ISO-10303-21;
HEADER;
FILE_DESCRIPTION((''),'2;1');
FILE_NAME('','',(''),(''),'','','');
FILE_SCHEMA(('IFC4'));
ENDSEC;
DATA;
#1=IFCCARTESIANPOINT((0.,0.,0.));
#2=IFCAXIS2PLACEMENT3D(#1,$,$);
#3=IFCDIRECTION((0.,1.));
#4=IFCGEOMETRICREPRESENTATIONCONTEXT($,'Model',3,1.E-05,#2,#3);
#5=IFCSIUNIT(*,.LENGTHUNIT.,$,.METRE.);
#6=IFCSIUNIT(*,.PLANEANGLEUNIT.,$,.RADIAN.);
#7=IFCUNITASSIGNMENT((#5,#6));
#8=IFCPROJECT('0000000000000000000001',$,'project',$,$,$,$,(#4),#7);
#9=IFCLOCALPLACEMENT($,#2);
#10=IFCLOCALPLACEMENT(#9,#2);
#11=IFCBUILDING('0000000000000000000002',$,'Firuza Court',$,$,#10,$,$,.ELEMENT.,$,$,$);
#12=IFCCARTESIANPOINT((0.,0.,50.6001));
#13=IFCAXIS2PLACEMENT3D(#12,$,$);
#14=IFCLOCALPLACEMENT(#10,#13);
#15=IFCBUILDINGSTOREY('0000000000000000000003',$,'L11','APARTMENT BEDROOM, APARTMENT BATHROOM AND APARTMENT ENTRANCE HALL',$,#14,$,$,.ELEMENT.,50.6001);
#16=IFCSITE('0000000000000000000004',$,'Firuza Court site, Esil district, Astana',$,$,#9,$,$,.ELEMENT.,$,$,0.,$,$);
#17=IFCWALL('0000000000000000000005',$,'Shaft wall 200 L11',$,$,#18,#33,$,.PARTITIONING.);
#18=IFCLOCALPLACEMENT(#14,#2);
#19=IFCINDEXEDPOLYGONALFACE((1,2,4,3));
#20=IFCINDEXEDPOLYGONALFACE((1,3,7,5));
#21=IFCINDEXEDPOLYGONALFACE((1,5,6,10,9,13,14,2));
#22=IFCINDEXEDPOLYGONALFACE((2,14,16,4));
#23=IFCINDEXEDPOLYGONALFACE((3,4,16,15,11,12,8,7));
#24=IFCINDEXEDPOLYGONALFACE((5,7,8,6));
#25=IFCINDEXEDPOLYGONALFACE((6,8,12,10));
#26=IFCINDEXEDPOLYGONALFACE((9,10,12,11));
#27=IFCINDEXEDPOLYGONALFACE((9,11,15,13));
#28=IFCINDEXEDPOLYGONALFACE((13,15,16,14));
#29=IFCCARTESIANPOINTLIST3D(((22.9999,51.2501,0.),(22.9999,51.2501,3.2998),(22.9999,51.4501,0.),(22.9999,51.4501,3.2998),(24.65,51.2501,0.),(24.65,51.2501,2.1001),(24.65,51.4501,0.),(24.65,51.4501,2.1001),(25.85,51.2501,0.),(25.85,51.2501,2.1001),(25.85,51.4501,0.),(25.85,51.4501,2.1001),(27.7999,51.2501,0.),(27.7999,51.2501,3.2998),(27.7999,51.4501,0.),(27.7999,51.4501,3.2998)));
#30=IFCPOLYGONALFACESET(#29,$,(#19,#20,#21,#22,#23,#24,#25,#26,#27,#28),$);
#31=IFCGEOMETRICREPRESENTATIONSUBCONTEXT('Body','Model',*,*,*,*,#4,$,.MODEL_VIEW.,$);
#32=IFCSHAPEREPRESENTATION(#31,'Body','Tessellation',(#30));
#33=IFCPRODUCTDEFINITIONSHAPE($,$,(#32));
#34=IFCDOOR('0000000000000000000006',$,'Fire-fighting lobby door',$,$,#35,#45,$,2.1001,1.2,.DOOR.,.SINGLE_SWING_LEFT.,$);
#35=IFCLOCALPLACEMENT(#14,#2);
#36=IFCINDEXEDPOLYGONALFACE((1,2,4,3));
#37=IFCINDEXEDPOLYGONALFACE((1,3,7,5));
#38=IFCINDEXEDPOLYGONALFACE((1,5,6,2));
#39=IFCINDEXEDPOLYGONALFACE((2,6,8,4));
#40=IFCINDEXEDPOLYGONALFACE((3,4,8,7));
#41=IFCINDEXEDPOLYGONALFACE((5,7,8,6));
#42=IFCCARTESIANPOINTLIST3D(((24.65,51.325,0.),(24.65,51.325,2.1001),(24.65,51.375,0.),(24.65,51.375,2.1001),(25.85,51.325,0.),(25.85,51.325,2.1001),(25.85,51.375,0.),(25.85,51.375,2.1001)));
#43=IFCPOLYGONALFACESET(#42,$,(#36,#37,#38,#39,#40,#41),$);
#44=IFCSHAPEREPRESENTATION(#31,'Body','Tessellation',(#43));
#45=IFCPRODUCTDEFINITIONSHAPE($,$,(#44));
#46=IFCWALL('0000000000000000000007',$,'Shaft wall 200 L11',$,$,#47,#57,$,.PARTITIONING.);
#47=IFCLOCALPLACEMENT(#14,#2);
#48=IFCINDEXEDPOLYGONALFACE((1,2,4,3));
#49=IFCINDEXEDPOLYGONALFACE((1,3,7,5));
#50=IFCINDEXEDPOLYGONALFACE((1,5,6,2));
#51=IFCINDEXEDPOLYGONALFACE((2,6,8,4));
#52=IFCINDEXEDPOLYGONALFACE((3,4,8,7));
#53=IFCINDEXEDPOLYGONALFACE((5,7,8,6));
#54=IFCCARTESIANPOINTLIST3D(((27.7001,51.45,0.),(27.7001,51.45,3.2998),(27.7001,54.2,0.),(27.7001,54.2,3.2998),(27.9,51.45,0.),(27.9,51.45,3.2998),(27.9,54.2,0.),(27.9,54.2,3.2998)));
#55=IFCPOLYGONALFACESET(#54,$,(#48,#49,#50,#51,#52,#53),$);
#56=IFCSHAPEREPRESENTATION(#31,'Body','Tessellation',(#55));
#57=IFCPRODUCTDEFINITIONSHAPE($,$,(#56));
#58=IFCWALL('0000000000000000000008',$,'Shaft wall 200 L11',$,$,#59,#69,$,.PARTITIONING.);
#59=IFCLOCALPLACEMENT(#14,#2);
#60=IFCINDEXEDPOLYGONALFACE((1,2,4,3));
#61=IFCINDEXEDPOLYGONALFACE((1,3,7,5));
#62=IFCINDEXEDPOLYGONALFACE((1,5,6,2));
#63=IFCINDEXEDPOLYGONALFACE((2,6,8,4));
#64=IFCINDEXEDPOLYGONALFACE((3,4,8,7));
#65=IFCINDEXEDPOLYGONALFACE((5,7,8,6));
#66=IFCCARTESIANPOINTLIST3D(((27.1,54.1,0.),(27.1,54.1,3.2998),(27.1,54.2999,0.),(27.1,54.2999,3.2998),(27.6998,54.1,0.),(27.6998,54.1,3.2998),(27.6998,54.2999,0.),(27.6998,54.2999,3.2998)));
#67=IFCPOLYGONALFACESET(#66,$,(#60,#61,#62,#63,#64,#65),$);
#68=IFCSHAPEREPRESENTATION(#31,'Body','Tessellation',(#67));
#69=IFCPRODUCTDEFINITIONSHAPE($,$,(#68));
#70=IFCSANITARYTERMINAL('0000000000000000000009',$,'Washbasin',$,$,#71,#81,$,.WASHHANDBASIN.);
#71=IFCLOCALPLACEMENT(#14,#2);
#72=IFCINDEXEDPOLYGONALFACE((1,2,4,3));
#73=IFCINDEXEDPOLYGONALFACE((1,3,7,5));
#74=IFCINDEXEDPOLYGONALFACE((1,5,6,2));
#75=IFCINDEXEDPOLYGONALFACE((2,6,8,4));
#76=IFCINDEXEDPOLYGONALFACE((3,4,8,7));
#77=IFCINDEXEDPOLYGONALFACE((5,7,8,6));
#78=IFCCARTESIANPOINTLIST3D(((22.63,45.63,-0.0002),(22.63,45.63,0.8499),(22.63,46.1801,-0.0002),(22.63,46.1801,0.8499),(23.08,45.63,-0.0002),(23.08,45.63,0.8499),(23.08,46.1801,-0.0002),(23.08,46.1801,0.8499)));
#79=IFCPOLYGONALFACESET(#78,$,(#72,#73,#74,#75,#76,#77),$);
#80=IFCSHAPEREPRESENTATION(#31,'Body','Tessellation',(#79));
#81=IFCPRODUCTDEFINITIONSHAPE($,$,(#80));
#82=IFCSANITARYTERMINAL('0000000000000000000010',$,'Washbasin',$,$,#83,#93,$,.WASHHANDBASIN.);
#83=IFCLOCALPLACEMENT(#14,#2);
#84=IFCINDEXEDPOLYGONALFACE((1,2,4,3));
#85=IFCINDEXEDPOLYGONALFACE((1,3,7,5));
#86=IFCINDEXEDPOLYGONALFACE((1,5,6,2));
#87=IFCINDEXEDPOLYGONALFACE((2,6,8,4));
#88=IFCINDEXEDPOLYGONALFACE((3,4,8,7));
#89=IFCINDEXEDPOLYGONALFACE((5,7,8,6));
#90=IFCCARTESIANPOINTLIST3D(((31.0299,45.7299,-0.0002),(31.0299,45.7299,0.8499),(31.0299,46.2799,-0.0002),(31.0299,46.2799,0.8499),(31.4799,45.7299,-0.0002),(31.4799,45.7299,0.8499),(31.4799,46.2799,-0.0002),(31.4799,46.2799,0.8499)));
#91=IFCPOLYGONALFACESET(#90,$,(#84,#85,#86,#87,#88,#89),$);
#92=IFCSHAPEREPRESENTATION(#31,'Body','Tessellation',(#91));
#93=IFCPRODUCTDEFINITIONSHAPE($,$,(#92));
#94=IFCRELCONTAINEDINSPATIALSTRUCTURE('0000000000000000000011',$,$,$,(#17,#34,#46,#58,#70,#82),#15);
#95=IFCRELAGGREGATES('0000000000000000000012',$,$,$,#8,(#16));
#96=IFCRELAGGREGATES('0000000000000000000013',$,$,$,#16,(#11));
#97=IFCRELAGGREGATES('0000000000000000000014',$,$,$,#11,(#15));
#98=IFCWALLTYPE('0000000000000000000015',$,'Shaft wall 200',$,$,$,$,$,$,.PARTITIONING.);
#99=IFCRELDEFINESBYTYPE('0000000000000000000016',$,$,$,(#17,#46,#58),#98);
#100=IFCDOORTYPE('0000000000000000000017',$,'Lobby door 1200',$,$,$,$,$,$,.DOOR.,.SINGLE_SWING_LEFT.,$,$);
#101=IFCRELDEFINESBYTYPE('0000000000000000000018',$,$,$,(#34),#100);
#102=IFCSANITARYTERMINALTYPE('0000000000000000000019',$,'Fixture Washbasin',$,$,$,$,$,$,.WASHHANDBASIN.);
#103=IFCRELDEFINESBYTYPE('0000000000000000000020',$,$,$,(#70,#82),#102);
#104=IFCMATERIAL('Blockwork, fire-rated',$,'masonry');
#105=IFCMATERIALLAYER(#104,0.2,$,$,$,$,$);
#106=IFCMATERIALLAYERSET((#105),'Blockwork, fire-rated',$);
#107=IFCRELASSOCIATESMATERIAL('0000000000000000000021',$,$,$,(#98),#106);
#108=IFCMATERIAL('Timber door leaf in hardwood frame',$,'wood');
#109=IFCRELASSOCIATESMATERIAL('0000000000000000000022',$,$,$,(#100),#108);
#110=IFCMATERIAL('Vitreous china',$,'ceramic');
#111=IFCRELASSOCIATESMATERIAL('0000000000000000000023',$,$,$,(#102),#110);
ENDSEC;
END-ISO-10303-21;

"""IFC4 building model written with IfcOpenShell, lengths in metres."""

from ifc_helpers import new_model, si_unit, direction, frame, frame_2d, origin, origin_2d, place, context, subcontext, project, spatial, rectangle, extrude, material, layer, layer_set, type_object, element, fill, save


model = new_model("IFC4")

# Units and contexts
model_context = context("Model", 3, precision=1e-05, world=origin(), true_north=direction((0.0, 1.0)))
body_context = subcontext(model_context, "Body", "Model", "MODEL_VIEW")
ifc_project = project(units=[si_unit("LENGTHUNIT", "METRE"), si_unit("PLANEANGLEUNIT", "RADIAN")], contexts=[model_context])

# Site, building, storey
site_placement = place(None, origin())
site = spatial("IfcSite", under=ifc_project, at=site_placement, Name="Firuza Court site, Esil district, Astana", CompositionType="ELEMENT", RefElevation=0.0)
building_placement = place(site_placement, origin())
building = spatial("IfcBuilding", under=site, at=building_placement, Name="Firuza Court", CompositionType="ELEMENT")
storey_placement = place(building_placement, frame((0.0, 0.0, 50.6001)))
storey = spatial("IfcBuildingStorey", under=building, at=storey_placement, Name="L11", Description="APARTMENT BEDROOM, APARTMENT BATHROOM AND APARTMENT ENTRANCE HALL", CompositionType="ELEMENT", Elevation=50.6001)

# Shared definitions
ifc_material_1 = material(Name="Blockwork, fire-rated", Category="masonry")

# Shared definitions
ifc_layer_1 = layer(ifc_material_1, 0.2)
ifc_layer_set_1 = layer_set([ifc_layer_1], Name="Blockwork, fire-rated")
wall_type_1 = type_object("IfcWallType", Name="Shaft wall 200", PredefinedType="PARTITIONING", material=ifc_layer_set_1)

# Wall, opening, door
wall_1_placement = place(storey_placement, frame((23.0, 51.3501, 0.0), z_axis=(0.0, 0.0, 1.0), x_axis=(1.0, 0.0, 0.0)))
wall_1 = element("IfcWall", 1, at=wall_1_placement, inside=storey, type_object=wall_type_1, Name="Shaft wall 200 L11", PredefinedType="PARTITIONING", context=body_context, shape_type="SweptSolid", body=[
    extrude(rectangle(XDim=4.8, YDim=0.2, at=frame_2d((2.3999, 0.0))), origin(), (0.0, 0.0, 1.0), 3.2998),
])
opening_1_placement = place(wall_1_placement, frame((1.6499, 0.0, 0.0)))
opening_1 = element("IfcOpeningElement", 2, at=opening_1_placement, cuts=wall_1, PredefinedType="OPENING", context=body_context, shape_type="SweptSolid", body=[
    extrude(rectangle(XDim=1.2, YDim=2.1001, at=frame_2d((0.6001, 1.05))), frame((0.0, 0.1118, 0.0), z_axis=(0.0, -1.0, 0.0), x_axis=(1.0, 0.0, 0.0)), (0.0, 0.0, 1.0), 0.2239),
])
ifc_material_2 = material(Name="Timber door leaf in hardwood frame", Category="wood")
door_type_1 = type_object("IfcDoorType", Name="Lobby door 1200", OperationType="SINGLE_SWING_LEFT", PredefinedType="DOOR", material=ifc_material_2)
door_1_placement = place(opening_1_placement, origin())
door_1 = element("IfcDoor", 3, at=door_1_placement, inside=storey, type_object=door_type_1, Name="Fire-fighting lobby door", OperationType="SINGLE_SWING_LEFT", OverallHeight=2.1001, OverallWidth=1.2, PredefinedType="DOOR", context=body_context, shape_type="SweptSolid", body=[
    extrude(rectangle(XDim=1.2, YDim=2.1001, at=frame_2d((0.6001, 1.05))), frame((0.0, 0.0249, 0.0), z_axis=(0.0, -1.0, 0.0), x_axis=(1.0, 0.0, 0.0)), (0.0, 0.0, 1.0), 0.05),
])
fill(opening_1, door_1)

# Walls
wall_2_placement = place(storey_placement, frame((27.8, 51.45, 0.0), z_axis=(0.0, 0.0, 1.0), x_axis=(0.0, 1.0, 0.0)))
element("IfcWall", 4, at=wall_2_placement, inside=storey, type_object=wall_type_1, Name="Shaft wall 200 L11", PredefinedType="PARTITIONING", context=body_context, shape_type="SweptSolid", body=[
    extrude(rectangle(XDim=2.75, YDim=0.2, at=frame_2d((1.375, 0.0))), origin(), (0.0, 0.0, 1.0), 3.2998),
])
wall_3_placement = place(storey_placement, frame((27.1001, 54.2, 0.0), z_axis=(0.0, 0.0, 1.0), x_axis=(1.0, 0.0, 0.0)))
element("IfcWall", 5, at=wall_3_placement, inside=storey, type_object=wall_type_1, Name="Shaft wall 200 L11", PredefinedType="PARTITIONING", context=body_context, shape_type="SweptSolid", body=[
    extrude(rectangle(XDim=0.5999, YDim=0.2, at=frame_2d((0.2998, 0.0))), origin(), (0.0, 0.0, 1.0), 3.2998),
])

# Sanitary terminals
ifc_material_3 = material(Name="Vitreous china", Category="ceramic")
sanitary_terminal_type = type_object("IfcSanitaryTerminalType", Name="Fixture Washbasin", PredefinedType="WASHHANDBASIN", material=ifc_material_3)
for number, where, z_axis, x_axis, name in (
    (6, (22.855, 45.905, -0.0002), (0.0, 0.0, 1.0), (1.0, 0.0, 0.0), "Washbasin"),
    (7, (31.2549, 46.0049, -0.0002), (0.0, 0.0, 1.0), (1.0, 0.0, 0.0), "Washbasin"),
):
    element("IfcSanitaryTerminal", number, at=place(storey_placement, frame(where, z_axis=z_axis, x_axis=x_axis)), inside=storey, type_object=sanitary_terminal_type, Name=name, PredefinedType="WASHHANDBASIN", context=body_context, shape_type="SweptSolid", body=[
        extrude(rectangle(XDim=0.45, YDim=0.55, at=origin_2d()), origin(), (0.0, 0.0, 1.0), 0.8501),
    ])

save(model, "model.ifc")
